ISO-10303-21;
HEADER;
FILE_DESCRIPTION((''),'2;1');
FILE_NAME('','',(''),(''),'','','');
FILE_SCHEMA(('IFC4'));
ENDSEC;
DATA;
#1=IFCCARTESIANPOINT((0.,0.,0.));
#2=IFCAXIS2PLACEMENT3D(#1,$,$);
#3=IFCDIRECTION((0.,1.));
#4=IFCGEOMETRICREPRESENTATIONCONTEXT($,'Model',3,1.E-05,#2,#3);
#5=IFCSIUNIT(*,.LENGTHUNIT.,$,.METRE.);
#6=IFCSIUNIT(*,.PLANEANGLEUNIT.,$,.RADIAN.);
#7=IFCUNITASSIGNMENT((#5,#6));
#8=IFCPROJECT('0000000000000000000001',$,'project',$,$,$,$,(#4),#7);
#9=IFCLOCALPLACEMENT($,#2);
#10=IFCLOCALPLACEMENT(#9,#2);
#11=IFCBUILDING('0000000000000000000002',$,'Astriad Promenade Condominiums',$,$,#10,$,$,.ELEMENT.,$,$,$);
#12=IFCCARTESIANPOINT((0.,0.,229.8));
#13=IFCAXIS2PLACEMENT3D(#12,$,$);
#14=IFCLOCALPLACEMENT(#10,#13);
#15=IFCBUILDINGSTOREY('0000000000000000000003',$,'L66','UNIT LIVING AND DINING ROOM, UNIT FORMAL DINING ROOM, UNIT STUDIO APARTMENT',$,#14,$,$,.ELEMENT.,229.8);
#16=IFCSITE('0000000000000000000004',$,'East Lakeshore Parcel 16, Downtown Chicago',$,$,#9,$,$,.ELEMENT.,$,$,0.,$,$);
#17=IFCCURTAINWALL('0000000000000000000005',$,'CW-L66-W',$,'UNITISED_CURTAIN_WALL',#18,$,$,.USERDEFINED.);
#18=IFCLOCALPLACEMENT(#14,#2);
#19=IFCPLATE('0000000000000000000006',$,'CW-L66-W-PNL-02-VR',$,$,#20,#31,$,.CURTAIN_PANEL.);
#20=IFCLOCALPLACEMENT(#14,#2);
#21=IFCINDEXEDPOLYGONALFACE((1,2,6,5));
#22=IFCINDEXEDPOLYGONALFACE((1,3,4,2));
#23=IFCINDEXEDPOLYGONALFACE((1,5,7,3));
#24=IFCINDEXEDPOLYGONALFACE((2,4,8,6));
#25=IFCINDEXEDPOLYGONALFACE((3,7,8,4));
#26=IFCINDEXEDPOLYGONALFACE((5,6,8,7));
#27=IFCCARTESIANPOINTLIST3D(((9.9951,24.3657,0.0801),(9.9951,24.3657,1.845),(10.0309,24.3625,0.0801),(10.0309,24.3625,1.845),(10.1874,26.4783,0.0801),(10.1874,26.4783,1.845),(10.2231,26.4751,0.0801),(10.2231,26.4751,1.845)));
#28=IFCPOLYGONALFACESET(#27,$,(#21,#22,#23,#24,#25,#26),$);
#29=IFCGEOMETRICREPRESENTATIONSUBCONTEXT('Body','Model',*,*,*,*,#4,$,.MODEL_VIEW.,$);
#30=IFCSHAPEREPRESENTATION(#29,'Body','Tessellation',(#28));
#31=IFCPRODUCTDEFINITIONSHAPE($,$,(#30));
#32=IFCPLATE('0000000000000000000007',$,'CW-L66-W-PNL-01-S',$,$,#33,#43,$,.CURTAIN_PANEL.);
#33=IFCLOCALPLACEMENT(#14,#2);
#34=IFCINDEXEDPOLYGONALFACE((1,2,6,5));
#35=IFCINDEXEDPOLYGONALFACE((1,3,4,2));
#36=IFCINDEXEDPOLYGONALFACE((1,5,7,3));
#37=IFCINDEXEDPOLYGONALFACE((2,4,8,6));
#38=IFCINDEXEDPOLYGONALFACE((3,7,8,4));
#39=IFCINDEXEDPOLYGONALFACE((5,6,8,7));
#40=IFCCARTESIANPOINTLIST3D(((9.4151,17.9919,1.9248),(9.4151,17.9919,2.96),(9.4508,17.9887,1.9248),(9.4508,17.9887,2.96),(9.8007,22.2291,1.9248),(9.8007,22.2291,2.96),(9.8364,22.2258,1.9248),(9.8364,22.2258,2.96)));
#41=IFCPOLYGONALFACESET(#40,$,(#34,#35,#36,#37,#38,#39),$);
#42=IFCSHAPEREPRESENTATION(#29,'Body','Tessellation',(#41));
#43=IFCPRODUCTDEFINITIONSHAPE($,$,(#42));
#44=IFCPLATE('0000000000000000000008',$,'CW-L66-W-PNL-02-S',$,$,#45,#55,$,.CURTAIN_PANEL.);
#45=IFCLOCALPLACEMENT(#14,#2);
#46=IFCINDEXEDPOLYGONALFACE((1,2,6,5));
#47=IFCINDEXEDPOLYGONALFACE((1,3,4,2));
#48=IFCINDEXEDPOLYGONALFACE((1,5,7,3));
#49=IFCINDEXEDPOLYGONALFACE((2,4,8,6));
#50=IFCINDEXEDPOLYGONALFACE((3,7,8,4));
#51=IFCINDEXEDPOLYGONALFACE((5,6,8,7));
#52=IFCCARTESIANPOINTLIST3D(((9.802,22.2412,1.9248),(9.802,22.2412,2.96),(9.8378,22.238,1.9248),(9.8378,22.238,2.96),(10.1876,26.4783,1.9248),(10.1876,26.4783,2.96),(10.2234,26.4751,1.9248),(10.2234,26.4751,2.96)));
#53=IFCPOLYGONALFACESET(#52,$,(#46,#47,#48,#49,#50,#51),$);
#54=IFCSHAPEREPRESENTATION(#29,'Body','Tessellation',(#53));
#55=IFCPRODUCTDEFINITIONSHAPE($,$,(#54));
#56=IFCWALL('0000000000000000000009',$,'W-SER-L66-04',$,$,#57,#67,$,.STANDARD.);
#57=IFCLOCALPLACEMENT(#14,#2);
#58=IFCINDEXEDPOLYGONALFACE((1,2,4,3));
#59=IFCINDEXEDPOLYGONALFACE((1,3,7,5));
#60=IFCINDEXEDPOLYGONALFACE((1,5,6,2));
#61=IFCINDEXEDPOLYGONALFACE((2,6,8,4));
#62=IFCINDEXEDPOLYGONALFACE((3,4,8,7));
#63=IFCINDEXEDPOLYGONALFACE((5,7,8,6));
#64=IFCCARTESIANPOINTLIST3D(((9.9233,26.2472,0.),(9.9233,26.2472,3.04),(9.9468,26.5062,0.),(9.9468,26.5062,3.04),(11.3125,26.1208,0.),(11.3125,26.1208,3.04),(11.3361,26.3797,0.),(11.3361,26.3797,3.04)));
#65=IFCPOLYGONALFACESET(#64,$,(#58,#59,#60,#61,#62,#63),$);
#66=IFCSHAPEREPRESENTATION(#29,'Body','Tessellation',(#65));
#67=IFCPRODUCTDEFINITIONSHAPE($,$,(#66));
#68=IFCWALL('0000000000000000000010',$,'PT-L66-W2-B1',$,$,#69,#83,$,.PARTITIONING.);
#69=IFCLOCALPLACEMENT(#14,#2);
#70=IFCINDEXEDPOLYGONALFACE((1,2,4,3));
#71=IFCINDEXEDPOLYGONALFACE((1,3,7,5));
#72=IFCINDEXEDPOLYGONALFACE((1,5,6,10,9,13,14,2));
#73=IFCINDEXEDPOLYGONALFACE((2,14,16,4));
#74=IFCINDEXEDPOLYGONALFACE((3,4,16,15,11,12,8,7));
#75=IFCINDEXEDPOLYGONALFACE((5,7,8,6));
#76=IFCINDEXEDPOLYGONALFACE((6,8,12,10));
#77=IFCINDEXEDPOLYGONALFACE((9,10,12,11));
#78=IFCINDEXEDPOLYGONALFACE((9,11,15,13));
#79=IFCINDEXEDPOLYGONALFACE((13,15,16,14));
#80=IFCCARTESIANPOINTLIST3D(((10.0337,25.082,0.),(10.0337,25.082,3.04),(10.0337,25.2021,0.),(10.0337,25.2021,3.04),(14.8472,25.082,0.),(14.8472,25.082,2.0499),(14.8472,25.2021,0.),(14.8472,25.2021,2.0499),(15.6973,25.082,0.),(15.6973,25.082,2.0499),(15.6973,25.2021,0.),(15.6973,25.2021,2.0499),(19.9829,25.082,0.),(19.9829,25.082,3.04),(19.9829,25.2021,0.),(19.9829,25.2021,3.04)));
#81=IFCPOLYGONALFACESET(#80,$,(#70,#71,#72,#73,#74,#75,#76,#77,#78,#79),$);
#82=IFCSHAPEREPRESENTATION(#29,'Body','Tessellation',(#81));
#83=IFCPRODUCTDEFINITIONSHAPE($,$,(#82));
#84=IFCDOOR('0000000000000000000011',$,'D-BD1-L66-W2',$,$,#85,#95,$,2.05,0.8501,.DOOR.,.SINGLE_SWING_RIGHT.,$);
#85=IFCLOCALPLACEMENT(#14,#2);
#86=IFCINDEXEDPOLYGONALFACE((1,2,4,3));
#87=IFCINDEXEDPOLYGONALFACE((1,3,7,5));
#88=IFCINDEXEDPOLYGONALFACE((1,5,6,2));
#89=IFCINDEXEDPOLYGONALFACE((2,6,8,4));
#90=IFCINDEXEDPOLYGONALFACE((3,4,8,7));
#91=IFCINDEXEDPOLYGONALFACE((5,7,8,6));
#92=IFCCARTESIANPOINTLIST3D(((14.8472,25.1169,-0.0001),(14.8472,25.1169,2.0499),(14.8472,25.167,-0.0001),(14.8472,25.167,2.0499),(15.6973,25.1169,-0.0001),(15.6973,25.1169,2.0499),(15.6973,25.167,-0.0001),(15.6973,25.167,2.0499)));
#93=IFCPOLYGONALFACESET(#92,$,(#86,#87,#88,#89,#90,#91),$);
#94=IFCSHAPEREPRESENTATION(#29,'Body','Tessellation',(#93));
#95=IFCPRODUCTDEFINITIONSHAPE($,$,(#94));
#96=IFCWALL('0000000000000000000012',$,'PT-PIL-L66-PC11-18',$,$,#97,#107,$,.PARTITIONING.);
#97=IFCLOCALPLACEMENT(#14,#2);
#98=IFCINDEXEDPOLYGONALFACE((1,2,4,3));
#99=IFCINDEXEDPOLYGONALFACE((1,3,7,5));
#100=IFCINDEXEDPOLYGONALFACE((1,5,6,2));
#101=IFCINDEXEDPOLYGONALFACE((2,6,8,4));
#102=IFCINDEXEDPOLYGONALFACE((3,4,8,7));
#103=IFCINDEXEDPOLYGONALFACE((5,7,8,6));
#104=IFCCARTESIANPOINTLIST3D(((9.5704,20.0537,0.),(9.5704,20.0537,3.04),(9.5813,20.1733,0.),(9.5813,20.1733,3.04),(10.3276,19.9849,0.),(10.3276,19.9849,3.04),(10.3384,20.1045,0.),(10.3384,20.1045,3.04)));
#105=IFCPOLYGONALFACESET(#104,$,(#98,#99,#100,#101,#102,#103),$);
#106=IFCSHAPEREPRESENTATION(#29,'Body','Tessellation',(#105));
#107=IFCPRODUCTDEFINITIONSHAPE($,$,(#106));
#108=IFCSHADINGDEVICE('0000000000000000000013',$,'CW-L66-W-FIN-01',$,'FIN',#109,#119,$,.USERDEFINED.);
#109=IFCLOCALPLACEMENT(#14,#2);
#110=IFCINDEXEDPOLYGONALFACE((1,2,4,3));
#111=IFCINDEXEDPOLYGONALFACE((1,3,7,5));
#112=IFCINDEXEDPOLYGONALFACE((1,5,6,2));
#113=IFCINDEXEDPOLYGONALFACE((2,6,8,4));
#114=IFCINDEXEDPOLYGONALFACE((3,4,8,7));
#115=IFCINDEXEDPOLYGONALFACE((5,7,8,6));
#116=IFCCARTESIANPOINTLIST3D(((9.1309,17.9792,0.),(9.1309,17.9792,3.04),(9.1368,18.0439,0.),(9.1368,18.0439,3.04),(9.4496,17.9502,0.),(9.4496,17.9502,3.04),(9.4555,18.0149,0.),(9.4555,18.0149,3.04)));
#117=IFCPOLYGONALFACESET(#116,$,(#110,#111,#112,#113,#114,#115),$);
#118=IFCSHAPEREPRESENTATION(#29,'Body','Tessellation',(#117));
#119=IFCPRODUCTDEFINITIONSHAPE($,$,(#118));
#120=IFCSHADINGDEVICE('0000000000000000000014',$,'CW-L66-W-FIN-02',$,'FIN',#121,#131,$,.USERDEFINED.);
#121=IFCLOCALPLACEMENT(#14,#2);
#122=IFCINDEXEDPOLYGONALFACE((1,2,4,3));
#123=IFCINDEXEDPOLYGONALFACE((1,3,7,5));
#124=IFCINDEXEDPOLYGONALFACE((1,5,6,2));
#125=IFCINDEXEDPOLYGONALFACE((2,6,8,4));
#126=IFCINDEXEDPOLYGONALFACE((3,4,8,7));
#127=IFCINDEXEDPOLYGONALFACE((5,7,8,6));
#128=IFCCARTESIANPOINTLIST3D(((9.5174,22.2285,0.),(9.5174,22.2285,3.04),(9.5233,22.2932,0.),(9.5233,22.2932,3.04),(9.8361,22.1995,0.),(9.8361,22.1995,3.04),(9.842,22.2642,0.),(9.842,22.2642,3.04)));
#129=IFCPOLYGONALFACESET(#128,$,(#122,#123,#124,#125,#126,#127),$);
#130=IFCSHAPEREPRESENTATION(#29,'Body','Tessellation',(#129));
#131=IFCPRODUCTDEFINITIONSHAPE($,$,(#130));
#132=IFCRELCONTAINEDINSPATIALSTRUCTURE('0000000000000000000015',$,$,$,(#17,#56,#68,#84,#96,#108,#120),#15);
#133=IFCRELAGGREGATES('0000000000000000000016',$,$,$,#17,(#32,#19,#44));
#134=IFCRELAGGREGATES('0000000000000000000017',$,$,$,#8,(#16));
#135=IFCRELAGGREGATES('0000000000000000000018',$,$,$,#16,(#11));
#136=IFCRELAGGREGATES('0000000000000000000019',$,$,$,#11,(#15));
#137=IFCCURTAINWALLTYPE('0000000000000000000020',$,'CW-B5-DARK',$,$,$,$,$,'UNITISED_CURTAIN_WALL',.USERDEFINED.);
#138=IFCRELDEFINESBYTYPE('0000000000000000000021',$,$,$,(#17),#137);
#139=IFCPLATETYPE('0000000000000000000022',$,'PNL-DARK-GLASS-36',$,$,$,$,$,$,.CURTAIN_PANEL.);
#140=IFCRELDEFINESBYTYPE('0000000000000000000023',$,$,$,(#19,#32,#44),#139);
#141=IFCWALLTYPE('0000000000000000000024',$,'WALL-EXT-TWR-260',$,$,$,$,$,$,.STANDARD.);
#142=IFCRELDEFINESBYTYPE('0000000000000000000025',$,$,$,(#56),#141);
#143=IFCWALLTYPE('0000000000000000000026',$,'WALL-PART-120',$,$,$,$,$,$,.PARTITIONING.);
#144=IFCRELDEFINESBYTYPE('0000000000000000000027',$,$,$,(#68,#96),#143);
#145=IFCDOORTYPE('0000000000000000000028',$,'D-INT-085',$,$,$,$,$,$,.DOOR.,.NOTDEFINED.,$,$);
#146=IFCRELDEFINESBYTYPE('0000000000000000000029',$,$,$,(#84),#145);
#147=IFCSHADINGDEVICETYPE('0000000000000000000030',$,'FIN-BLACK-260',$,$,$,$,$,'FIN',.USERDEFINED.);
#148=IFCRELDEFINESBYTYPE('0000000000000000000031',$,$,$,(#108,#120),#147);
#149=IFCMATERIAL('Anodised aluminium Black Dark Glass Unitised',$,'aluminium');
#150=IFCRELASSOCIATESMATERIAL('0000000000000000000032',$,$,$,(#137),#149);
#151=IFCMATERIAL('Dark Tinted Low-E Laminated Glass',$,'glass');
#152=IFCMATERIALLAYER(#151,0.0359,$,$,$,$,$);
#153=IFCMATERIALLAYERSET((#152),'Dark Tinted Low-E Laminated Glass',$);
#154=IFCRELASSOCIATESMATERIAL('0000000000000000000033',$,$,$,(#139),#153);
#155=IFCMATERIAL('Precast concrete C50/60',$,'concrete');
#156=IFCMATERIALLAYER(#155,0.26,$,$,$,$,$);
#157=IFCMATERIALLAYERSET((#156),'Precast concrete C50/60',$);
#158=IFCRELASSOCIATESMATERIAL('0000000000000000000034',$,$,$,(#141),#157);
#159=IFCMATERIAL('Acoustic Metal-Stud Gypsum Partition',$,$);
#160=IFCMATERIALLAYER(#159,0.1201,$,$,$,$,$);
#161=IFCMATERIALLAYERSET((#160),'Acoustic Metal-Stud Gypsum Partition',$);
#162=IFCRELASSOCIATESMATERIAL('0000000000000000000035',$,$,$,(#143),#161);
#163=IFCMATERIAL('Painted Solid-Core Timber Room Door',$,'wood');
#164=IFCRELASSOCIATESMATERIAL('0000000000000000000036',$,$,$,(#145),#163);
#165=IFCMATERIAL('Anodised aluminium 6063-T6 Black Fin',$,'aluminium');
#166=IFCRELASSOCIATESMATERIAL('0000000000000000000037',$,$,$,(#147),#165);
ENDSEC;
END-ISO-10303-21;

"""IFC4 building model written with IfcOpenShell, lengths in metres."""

from ifc_helpers import new_model, si_unit, direction, frame, frame_2d, origin, origin_2d, place, context, subcontext, project, spatial, rectangle, extrude, source, transform, mapped, material, layer, layer_set, type_object, type_shapes, element, fill, aggregate, save


model = new_model("IFC4")

# Units and contexts
model_context = context("Model", 3, precision=1e-05, world=origin(), true_north=direction((0.0, 1.0)))
body_context = subcontext(model_context, "Body", "Model", "MODEL_VIEW")
ifc_project = project(units=[si_unit("LENGTHUNIT", "METRE"), si_unit("PLANEANGLEUNIT", "RADIAN")], contexts=[model_context])

# Site, building, storey
site_placement = place(None, origin())
site = spatial("IfcSite", under=ifc_project, at=site_placement, Name="East Lakeshore Parcel 16, Downtown Chicago", CompositionType="ELEMENT", RefElevation=0.0)
building_placement = place(site_placement, origin())
building = spatial("IfcBuilding", under=site, at=building_placement, Name="Astriad Promenade Condominiums", CompositionType="ELEMENT")
storey_placement = place(building_placement, frame((0.0, 0.0, 229.8)))
storey = spatial("IfcBuildingStorey", under=building, at=storey_placement, Name="L66", Description="UNIT LIVING AND DINING ROOM, UNIT FORMAL DINING ROOM, UNIT STUDIO APARTMENT", CompositionType="ELEMENT", Elevation=229.8)

# Curtain wall, plates
ifc_material_1 = material(Name="Anodised aluminium Black Dark Glass Unitised", Category="aluminium")
curtain_wall_type = type_object("IfcCurtainWallType", Name="CW-B5-DARK", ElementType="UNITISED_CURTAIN_WALL", PredefinedType="USERDEFINED", material=ifc_material_1)
curtain_wall_placement = place(storey_placement, origin())
curtain_wall = element("IfcCurtainWall", 1, at=curtain_wall_placement, inside=storey, type_object=curtain_wall_type, Name="CW-L66-W", ObjectType="UNITISED_CURTAIN_WALL", PredefinedType="USERDEFINED")
ifc_material_2 = material(Name="Dark Tinted Low-E Laminated Glass", Category="glass")
ifc_layer_1 = layer(ifc_material_2, 0.0359)
ifc_layer_set_1 = layer_set([ifc_layer_1], Name="Dark Tinted Low-E Laminated Glass")
plate_type = type_object("IfcPlateType", Name="PNL-DARK-GLASS-36", PredefinedType="CURTAIN_PANEL", material=ifc_layer_set_1)
shared_shape_1 = source(origin(), body_context, "Body", "SweptSolid", [
    extrude(rectangle(XDim=2.1213, YDim=0.0359, at=origin_2d()), origin(), (0.0, 0.0, 1.0), 1.7649),
])
plate_1_placement = place(storey_placement, frame((10.1091, 25.4204, 0.0801), z_axis=(0.0, 0.0, 1.0), x_axis=(0.090633, 0.995884, 0.0)))
plate_1 = element("IfcPlate", 2, at=plate_1_placement, type_object=plate_type, Name="CW-L66-W-PNL-02-VR", PredefinedType="CURTAIN_PANEL", context=body_context, shape_type="MappedRepresentation", body=[
    mapped(shared_shape_1, transform((0.0, 0.0, 0.0), scale=1.0)),
])
shared_shape_2 = source(origin(), body_context, "Body", "SweptSolid", [
    extrude(rectangle(XDim=4.2546, YDim=0.0359, at=origin_2d()), origin(), (0.0, 0.0, 1.0), 1.0352),
])
type_shapes(plate_type, [shared_shape_1, shared_shape_2])
plate_2_placement = place(storey_placement, frame((9.6257, 20.1089, 1.9248), z_axis=(0.0, 0.0, 1.0), x_axis=(0.090633, 0.995884, 0.0)))
plate_2 = element("IfcPlate", 3, at=plate_2_placement, type_object=plate_type, Name="CW-L66-W-PNL-01-S", PredefinedType="CURTAIN_PANEL", context=body_context, shape_type="MappedRepresentation", body=[
    mapped(shared_shape_2, transform((0.0, 0.0, 0.0), scale=1.0)),
])
plate_3_placement = place(storey_placement, frame((10.0127, 24.3582, 1.9248), z_axis=(0.0, 0.0, 1.0), x_axis=(0.090633, 0.995884, 0.0)))
plate_3 = element("IfcPlate", 4, at=plate_3_placement, type_object=plate_type, Name="CW-L66-W-PNL-02-S", PredefinedType="CURTAIN_PANEL", context=body_context, shape_type="MappedRepresentation", body=[
    mapped(shared_shape_2, transform((0.0, 0.0, 0.0), scale=1.0)),
])
aggregate(curtain_wall, [plate_2, plate_1, plate_3])

# Wall
ifc_material_3 = material(Name="Precast concrete C50/60", Category="concrete")
ifc_layer_2 = layer(ifc_material_3, 0.26)
ifc_layer_set_2 = layer_set([ifc_layer_2], Name="Precast concrete C50/60")
wall_type_1 = type_object("IfcWallType", Name="WALL-EXT-TWR-260", PredefinedType="STANDARD", material=ifc_layer_set_2)
wall_1_placement = place(storey_placement, frame((9.9351, 26.3767, 0.0), z_axis=(0.0, 0.0, 1.0), x_axis=(0.995882, -0.090662, 0.0)))
element("IfcWall", 5, at=wall_1_placement, inside=storey, type_object=wall_type_1, Name="W-SER-L66-04", PredefinedType="STANDARD", context=body_context, shape_type="SweptSolid", body=[
    extrude(rectangle(XDim=1.395, YDim=0.26, at=frame_2d((0.6975, 0.0))), origin(), (0.0, 0.0, 1.0), 3.04),
])

# Wall, opening, door
ifc_material_4 = material(Name="Acoustic Metal-Stud Gypsum Partition")
ifc_layer_3 = layer(ifc_material_4, 0.1201)
ifc_layer_set_3 = layer_set([ifc_layer_3], Name="Acoustic Metal-Stud Gypsum Partition")
wall_type_2 = type_object("IfcWallType", Name="WALL-PART-120", PredefinedType="PARTITIONING", material=ifc_layer_set_3)
wall_2_placement = place(storey_placement, frame((10.0337, 25.1421, 0.0), z_axis=(0.0, 0.0, 1.0), x_axis=(1.0, 0.0, 0.0)))
wall_2 = element("IfcWall", 6, at=wall_2_placement, inside=storey, type_object=wall_type_2, Name="PT-L66-W2-B1", PredefinedType="PARTITIONING", context=body_context, shape_type="SweptSolid", body=[
    extrude(rectangle(XDim=9.9492, YDim=0.1201, at=frame_2d((4.9746, 0.0))), origin(), (0.0, 0.0, 1.0), 3.04),
])
opening_placement = place(wall_2_placement, frame((4.8135, 0.0, 0.0)))
opening = element("IfcOpeningElement", 7, at=opening_placement, cuts=wall_2, PredefinedType="OPENING", context=body_context, shape_type="SweptSolid", body=[
    extrude(rectangle(XDim=0.8501, YDim=2.05, at=frame_2d((0.425, 1.0249))), frame((0.0, 0.0701, 0.0), z_axis=(0.0, -1.0, 0.0), x_axis=(1.0, 0.0, 0.0)), (0.0, 0.0, 1.0), 0.1401),
])
ifc_material_5 = material(Name="Painted Solid-Core Timber Room Door", Category="wood")
door_type = type_object("IfcDoorType", Name="D-INT-085", OperationType="NOTDEFINED", PredefinedType="DOOR", material=ifc_material_5)
shared_shape_3 = source(origin(), body_context, "Body", "SweptSolid", [
    extrude(rectangle(XDim=0.8501, YDim=2.05, at=frame_2d((0.425, 1.0249))), frame((0.0, 0.0249, 0.0), z_axis=(0.0, -1.0, 0.0), x_axis=(1.0, 0.0, 0.0)), (0.0, 0.0, 1.0), 0.05),
])
type_shapes(door_type, [shared_shape_3])
door_placement = place(opening_placement, origin())
door = element("IfcDoor", 8, at=door_placement, inside=storey, type_object=door_type, Name="D-BD1-L66-W2", OperationType="SINGLE_SWING_RIGHT", OverallHeight=2.05, OverallWidth=0.8501, PredefinedType="DOOR", context=body_context, shape_type="MappedRepresentation", body=[
    mapped(shared_shape_3, transform((0.0, 0.0, 0.0), scale=1.0)),
])
fill(opening, door)

# Wall
wall_3_placement = place(storey_placement, frame((10.333, 20.0447, 0.0), z_axis=(0.0, 0.0, 1.0), x_axis=(-0.995891, 0.090565, 0.0)))
element("IfcWall", 9, at=wall_3_placement, inside=storey, type_object=wall_type_2, Name="PT-PIL-L66-PC11-18", PredefinedType="PARTITIONING", context=body_context, shape_type="SweptSolid", body=[
    extrude(rectangle(XDim=0.7603, YDim=0.1201, at=frame_2d((0.3801, 0.0))), origin(), (0.0, 0.0, 1.0), 3.04),
])

# Shading devices
ifc_material_6 = material(Name="Anodised aluminium 6063-T6 Black Fin", Category="aluminium")
shading_device_type = type_object("IfcShadingDeviceType", Name="FIN-BLACK-260", ElementType="FIN", PredefinedType="USERDEFINED", material=ifc_material_6)
shared_shape_4 = source(origin(), body_context, "Body", "SweptSolid", [
    extrude(rectangle(XDim=0.0649, YDim=0.3201, at=origin_2d()), origin(), (0.0, 0.0, 1.0), 3.04),
])
type_shapes(shading_device_type, [shared_shape_4])
for number, where, z_axis, x_axis, name in (
    (10, (9.2932, 17.9971, 0.0), (0.0, 0.0, 1.0), (0.090633, 0.995884, 0.0), "CW-L66-W-FIN-01"),
    (11, (9.6797, 22.2463, 0.0), (0.0, 0.0, 1.0), (0.090633, 0.995884, 0.0), "CW-L66-W-FIN-02"),
):
    element("IfcShadingDevice", number, at=place(storey_placement, frame(where, z_axis=z_axis, x_axis=x_axis)), inside=storey, type_object=shading_device_type, Name=name, ObjectType="FIN", PredefinedType="USERDEFINED", context=body_context, shape_type="MappedRepresentation", body=[
        mapped(shared_shape_4, transform((0.0, 0.0, 0.0), scale=1.0)),
    ])

save(model, "model.ifc")
